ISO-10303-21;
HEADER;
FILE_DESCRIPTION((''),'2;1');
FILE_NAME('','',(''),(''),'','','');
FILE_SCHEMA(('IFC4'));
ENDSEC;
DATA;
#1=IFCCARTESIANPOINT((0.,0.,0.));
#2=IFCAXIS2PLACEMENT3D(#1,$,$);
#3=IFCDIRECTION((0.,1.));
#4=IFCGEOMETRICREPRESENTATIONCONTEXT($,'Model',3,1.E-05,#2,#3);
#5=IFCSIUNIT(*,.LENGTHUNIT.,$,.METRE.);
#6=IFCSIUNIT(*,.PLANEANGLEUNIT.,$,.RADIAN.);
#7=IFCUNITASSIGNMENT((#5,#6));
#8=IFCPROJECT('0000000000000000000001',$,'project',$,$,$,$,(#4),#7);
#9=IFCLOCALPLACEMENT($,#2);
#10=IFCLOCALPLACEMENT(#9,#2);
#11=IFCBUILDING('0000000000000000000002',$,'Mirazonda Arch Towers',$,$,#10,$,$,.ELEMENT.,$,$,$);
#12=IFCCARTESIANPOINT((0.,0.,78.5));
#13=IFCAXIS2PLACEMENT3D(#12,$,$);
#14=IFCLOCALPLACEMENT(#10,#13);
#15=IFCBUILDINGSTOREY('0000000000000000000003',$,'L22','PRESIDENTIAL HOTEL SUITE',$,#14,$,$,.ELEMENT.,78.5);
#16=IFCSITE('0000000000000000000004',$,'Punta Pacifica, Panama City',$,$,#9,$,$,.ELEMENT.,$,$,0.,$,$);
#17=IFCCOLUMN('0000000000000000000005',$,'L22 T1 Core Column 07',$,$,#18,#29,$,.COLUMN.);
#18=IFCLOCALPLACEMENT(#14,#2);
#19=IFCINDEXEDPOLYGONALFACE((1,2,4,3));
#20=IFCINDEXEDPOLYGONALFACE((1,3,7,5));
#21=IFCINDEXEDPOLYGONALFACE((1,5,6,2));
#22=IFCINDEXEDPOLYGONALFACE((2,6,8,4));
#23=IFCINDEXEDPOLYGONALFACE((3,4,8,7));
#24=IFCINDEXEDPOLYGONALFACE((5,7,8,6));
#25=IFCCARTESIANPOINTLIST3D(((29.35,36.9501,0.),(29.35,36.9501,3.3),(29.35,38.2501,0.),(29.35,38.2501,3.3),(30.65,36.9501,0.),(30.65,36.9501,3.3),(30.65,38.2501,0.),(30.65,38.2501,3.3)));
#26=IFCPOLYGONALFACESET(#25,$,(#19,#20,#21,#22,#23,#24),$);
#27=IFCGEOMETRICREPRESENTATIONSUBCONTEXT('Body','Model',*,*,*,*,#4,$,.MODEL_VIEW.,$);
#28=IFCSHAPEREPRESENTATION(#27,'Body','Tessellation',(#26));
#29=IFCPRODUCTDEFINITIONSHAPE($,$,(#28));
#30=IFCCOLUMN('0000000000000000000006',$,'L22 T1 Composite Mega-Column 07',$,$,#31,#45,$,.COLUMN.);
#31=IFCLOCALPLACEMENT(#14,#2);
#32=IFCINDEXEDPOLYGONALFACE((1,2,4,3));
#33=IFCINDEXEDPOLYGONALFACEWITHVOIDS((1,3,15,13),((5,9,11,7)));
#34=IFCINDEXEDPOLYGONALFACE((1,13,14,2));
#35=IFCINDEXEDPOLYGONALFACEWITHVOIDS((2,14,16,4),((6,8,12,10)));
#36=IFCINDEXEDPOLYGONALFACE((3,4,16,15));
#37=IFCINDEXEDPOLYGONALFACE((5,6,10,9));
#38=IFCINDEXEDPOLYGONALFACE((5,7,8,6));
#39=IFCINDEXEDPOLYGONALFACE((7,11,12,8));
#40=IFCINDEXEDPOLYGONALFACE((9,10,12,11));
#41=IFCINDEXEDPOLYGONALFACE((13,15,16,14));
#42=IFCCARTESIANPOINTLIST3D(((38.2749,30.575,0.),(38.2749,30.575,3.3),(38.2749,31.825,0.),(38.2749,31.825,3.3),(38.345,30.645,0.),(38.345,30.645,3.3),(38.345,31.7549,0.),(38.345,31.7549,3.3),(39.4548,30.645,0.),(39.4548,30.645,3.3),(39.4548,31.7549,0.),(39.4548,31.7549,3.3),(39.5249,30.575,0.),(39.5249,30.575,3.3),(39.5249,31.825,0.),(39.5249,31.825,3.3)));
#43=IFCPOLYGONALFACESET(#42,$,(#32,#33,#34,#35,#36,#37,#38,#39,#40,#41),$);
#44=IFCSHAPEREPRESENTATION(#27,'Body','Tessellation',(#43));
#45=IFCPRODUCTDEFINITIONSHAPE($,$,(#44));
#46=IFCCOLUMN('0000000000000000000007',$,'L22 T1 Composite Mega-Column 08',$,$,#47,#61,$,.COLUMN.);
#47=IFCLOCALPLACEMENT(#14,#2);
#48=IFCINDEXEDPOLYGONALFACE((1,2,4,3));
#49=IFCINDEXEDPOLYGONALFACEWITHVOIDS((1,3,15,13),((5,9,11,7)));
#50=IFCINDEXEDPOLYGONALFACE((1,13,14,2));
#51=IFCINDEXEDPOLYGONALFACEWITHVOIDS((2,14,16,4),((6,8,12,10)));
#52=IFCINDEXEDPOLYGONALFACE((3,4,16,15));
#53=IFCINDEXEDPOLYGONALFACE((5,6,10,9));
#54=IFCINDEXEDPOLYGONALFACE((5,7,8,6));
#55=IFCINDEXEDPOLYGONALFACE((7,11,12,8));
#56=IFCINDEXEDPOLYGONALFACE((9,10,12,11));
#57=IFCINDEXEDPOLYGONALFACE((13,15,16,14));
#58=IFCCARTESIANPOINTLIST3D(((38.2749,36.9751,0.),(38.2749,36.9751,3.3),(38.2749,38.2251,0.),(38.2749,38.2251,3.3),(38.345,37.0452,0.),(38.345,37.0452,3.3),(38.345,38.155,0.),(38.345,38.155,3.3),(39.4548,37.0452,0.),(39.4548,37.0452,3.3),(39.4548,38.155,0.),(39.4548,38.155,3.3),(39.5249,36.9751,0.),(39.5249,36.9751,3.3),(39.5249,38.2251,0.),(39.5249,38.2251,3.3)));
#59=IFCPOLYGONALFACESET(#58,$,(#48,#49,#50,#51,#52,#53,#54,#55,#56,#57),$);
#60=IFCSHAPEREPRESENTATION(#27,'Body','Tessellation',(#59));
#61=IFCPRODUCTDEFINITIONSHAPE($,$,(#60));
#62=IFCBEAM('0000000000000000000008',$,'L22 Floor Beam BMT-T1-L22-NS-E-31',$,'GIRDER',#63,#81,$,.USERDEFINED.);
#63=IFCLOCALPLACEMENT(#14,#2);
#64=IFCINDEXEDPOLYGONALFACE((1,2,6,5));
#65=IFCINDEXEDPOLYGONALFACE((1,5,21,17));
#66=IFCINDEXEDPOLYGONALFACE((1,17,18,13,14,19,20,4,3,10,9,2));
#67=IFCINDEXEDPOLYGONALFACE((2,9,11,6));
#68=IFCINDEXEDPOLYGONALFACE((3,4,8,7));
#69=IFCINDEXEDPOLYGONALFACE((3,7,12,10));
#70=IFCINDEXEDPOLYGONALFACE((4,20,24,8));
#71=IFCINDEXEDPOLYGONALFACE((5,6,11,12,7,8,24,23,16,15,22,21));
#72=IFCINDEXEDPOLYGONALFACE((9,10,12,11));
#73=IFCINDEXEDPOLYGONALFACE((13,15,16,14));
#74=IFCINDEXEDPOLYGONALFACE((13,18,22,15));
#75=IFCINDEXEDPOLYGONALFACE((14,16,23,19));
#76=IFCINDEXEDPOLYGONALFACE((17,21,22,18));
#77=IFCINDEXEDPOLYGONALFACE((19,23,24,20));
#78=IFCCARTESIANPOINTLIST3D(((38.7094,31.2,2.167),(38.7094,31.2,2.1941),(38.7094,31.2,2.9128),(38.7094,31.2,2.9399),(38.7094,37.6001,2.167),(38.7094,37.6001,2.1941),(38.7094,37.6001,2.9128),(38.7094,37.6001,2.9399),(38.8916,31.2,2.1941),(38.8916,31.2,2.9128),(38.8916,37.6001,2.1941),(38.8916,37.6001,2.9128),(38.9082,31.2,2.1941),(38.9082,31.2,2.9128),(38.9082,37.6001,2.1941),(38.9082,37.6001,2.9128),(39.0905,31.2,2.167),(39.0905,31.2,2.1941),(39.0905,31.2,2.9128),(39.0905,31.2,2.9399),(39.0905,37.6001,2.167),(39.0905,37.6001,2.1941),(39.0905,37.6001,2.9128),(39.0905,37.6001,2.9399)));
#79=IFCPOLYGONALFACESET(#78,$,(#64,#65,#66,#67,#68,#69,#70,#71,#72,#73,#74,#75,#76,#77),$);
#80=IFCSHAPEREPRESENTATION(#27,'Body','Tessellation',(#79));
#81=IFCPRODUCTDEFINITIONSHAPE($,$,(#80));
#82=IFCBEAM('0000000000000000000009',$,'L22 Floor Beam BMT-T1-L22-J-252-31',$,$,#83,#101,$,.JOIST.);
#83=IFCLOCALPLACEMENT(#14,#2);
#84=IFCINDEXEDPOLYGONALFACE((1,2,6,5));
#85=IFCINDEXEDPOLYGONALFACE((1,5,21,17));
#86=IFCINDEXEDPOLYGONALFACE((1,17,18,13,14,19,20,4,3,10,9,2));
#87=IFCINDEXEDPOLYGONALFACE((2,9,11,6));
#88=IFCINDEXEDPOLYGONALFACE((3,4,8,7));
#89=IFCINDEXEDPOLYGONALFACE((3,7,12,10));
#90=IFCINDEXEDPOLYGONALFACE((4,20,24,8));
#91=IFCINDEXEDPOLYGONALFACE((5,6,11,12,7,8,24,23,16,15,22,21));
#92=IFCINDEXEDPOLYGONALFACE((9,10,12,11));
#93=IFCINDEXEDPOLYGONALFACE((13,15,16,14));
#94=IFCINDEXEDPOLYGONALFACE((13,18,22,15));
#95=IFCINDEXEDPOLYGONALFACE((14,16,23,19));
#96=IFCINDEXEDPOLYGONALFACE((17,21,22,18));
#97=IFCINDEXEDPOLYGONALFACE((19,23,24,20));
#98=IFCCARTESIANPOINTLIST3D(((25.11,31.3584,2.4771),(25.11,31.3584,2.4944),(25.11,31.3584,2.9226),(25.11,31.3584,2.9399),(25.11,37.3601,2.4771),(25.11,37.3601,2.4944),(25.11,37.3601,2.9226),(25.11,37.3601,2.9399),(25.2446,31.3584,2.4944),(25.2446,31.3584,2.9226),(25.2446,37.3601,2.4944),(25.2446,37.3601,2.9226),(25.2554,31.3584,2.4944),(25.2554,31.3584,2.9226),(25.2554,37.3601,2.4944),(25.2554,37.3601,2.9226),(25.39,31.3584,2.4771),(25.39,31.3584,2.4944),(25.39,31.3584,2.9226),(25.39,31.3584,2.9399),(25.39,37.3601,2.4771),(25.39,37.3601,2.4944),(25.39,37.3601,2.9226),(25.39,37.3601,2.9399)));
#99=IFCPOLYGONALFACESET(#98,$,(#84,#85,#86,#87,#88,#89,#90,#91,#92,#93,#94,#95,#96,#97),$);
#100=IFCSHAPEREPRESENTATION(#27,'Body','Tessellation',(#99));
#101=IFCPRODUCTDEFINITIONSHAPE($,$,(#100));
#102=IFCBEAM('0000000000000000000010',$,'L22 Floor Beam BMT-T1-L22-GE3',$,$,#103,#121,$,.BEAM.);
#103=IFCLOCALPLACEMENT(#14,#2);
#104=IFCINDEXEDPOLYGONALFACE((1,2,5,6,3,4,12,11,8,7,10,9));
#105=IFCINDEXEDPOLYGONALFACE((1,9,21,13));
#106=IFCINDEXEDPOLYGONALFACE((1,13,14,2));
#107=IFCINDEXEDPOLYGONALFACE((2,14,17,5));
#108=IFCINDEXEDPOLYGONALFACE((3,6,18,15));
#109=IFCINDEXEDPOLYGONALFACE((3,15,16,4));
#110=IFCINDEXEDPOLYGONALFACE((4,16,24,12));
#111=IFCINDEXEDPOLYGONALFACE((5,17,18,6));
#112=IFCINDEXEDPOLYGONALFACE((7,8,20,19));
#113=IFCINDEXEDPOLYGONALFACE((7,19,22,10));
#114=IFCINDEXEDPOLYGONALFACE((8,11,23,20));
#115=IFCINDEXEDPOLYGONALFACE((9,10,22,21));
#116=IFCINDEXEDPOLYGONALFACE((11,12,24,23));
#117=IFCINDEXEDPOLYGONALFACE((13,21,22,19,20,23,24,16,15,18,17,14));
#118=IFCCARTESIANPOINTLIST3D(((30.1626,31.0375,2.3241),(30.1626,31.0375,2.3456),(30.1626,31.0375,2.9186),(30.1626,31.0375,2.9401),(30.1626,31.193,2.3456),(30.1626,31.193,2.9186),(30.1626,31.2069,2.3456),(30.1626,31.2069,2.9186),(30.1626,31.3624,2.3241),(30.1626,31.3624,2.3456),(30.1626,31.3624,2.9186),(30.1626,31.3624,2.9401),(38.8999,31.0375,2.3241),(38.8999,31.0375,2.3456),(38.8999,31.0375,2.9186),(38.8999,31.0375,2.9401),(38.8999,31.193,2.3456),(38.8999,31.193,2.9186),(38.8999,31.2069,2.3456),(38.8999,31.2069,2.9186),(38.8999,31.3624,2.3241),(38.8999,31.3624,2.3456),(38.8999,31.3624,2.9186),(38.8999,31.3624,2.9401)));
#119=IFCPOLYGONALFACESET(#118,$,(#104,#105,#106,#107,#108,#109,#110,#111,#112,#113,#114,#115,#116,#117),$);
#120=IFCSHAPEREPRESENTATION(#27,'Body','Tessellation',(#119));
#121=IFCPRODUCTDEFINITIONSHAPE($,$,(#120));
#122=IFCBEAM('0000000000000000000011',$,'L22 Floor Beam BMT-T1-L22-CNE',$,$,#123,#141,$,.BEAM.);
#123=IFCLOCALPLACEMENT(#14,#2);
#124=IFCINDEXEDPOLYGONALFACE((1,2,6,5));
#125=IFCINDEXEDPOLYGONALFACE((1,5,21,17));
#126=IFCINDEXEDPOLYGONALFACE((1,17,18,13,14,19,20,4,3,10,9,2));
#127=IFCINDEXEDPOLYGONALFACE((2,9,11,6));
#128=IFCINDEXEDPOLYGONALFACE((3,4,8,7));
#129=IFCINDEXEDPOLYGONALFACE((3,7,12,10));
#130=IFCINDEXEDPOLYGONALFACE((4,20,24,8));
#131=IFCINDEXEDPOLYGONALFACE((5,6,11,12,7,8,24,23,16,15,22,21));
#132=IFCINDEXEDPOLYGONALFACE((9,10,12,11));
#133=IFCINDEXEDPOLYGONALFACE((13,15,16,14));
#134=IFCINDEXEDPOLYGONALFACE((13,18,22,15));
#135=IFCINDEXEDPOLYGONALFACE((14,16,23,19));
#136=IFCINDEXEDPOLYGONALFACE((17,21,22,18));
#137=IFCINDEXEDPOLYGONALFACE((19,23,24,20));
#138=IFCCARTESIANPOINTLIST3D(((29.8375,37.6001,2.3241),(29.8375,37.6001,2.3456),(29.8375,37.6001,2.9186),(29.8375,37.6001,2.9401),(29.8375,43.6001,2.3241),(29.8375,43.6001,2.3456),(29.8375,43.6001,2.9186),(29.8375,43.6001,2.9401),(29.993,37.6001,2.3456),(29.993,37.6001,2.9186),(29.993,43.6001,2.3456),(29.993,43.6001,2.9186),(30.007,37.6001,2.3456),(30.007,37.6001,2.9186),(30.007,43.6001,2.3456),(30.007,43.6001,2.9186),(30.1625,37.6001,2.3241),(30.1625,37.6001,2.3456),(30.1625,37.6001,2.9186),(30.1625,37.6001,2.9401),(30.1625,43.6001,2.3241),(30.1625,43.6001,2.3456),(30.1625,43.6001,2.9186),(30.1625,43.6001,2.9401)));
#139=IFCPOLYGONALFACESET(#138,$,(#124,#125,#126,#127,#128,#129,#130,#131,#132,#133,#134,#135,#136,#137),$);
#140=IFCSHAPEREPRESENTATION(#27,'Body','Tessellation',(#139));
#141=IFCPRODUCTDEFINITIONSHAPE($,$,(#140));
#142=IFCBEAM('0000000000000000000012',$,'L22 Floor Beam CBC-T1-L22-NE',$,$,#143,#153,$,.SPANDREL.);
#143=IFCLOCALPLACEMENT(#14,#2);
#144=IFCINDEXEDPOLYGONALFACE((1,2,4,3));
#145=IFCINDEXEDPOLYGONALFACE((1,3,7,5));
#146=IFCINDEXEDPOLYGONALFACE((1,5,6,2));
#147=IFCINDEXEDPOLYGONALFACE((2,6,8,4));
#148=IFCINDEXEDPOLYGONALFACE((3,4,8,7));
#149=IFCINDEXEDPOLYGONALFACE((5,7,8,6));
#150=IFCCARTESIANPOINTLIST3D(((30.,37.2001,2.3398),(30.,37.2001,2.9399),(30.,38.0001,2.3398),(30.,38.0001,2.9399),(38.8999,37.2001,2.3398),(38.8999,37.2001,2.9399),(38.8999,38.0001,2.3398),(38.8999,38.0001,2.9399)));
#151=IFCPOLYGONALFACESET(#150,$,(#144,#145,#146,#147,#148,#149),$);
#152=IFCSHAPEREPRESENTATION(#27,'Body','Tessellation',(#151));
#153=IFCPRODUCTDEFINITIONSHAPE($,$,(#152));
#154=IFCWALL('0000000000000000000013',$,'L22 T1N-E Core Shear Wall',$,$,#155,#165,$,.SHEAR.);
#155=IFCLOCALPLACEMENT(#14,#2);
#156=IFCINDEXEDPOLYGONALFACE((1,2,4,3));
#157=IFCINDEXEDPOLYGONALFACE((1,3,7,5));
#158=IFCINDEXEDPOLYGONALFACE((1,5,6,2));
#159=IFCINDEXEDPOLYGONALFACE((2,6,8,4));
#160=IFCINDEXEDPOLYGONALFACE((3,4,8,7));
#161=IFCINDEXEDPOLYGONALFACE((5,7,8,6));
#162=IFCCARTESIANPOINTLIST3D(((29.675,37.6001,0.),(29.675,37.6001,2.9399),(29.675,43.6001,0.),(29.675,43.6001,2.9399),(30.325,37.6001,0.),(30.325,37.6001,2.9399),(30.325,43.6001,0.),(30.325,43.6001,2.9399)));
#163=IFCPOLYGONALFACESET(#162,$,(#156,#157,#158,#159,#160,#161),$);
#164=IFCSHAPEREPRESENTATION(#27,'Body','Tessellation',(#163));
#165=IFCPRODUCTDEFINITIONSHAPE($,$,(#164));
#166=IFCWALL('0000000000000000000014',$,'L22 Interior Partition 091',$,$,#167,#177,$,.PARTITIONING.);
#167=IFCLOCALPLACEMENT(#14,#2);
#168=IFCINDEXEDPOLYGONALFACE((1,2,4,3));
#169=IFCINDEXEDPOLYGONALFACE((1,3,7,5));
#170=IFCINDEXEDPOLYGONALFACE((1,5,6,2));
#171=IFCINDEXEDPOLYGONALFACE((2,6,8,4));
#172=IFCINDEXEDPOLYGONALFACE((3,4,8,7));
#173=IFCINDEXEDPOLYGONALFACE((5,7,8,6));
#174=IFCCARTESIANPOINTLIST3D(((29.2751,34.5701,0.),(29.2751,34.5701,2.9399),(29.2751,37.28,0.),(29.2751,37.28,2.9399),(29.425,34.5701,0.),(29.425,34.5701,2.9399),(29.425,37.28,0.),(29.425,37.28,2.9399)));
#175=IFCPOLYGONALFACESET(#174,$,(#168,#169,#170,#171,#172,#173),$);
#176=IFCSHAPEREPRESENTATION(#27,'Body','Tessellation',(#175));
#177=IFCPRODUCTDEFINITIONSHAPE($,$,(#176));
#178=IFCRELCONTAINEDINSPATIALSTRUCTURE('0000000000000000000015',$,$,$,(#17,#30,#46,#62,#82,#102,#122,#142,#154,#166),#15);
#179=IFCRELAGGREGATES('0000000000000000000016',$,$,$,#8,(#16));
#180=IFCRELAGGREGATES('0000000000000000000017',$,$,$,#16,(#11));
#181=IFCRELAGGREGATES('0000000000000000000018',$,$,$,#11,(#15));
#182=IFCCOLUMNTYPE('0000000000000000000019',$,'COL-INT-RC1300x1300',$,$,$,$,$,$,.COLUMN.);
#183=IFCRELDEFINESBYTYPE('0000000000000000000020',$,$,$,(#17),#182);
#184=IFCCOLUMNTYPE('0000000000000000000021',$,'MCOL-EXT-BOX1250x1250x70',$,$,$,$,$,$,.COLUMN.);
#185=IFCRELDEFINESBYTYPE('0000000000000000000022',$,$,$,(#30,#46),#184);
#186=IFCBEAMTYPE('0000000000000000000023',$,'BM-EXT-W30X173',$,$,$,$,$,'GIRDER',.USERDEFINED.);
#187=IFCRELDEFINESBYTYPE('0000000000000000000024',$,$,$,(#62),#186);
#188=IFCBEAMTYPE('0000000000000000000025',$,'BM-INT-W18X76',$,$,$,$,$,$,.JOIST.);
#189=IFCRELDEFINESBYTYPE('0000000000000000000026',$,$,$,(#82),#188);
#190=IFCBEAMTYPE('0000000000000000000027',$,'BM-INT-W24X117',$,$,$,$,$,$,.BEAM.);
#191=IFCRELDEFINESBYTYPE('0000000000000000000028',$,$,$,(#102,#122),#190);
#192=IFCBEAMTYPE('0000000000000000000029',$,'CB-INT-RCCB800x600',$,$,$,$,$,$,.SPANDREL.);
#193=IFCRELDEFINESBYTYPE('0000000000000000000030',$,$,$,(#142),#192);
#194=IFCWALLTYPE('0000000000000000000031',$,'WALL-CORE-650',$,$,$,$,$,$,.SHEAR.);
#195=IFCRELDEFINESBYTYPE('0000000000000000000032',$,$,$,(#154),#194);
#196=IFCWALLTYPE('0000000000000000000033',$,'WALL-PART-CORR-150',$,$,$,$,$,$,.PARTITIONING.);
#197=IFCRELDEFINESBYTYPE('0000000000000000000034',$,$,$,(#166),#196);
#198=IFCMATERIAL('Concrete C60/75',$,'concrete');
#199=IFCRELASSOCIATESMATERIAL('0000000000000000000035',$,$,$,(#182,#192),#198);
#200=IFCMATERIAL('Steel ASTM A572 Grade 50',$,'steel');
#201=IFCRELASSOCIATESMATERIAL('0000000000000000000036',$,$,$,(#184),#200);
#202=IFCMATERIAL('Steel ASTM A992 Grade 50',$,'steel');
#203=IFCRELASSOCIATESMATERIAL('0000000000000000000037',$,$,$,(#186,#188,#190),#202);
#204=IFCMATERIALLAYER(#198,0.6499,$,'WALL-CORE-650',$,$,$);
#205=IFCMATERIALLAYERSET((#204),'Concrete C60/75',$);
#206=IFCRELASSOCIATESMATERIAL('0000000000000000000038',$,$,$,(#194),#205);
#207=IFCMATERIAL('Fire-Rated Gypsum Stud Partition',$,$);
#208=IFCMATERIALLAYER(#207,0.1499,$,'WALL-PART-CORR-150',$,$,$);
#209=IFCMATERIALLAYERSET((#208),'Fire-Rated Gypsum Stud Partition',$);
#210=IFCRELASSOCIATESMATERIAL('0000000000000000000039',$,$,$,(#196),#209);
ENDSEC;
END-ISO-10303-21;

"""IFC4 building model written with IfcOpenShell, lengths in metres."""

from ifc_helpers import new_model, si_unit, direction, frame, frame_2d, origin, origin_2d, place, context, subcontext, project, spatial, rectangle, hollow_rectangle, i_section, extrude, material, layer, layer_set, material_profile, profile_set, type_object, element, save


model = new_model("IFC4")

# Units and contexts
model_context = context("Model", 3, precision=1e-05, world=origin(), true_north=direction((0.0, 1.0)))
body_context = subcontext(model_context, "Body", "Model", "MODEL_VIEW")
ifc_project = project(units=[si_unit("LENGTHUNIT", "METRE"), si_unit("PLANEANGLEUNIT", "RADIAN")], contexts=[model_context])

# Site, building, storey
site_placement = place(None, origin())
site = spatial("IfcSite", under=ifc_project, at=site_placement, Name="Punta Pacifica, Panama City", CompositionType="ELEMENT", RefElevation=0.0)
building_placement = place(site_placement, origin())
building = spatial("IfcBuilding", under=site, at=building_placement, Name="Mirazonda Arch Towers", CompositionType="ELEMENT")
storey_placement = place(building_placement, frame((0.0, 0.0, 78.5)))
storey = spatial("IfcBuildingStorey", under=building, at=storey_placement, Name="L22", Description="PRESIDENTIAL HOTEL SUITE", CompositionType="ELEMENT", Elevation=78.5)

# Columns
ifc_material_1 = material(Name="Concrete C60/75", Category="concrete")
ifc_material_profile_1 = material_profile(ifc_material_1, rectangle(XDim=1.3, YDim=1.3, at=origin_2d()), Name="RC1300x1300")
ifc_profile_set_1 = profile_set([ifc_material_profile_1], Name="Concrete C60/75")
column_type_1 = type_object("IfcColumnType", Name="COL-INT-RC1300x1300", PredefinedType="COLUMN", material=ifc_profile_set_1)
column_placement = place(storey_placement, frame((30.0, 37.6001, 0.0), z_axis=(0.0, 0.0, 1.0), x_axis=(1.0, 0.0, 0.0)))
element("IfcColumn", 1, at=column_placement, inside=storey, type_object=column_type_1, Name="L22 T1 Core Column 07", PredefinedType="COLUMN", context=body_context, shape_type="SweptSolid", body=[
    extrude(rectangle(XDim=1.3, YDim=1.3, at=origin_2d()), origin(), (0.0, 0.0, 1.0), 3.3),
])
ifc_material_2 = material(Name="Steel ASTM A572 Grade 50", Category="steel")
ifc_material_profile_2 = material_profile(ifc_material_2, hollow_rectangle(XDim=1.25, YDim=1.25, WallThickness=0.0701, at=origin_2d()), Name="BOX1250x1250x70")
ifc_profile_set_2 = profile_set([ifc_material_profile_2], Name="Steel ASTM A572 Grade 50")
column_type_2 = type_object("IfcColumnType", Name="MCOL-EXT-BOX1250x1250x70", PredefinedType="COLUMN", material=ifc_profile_set_2)
for number, where, z_axis, x_axis, name in (
    (2, (38.8999, 31.2, 0.0), (0.0, 0.0, 1.0), (1.0, 0.0, 0.0), "L22 T1 Composite Mega-Column 07"),
    (3, (38.8999, 37.6001, 0.0), (0.0, 0.0, 1.0), (1.0, 0.0, 0.0), "L22 T1 Composite Mega-Column 08"),
):
    element("IfcColumn", number, at=place(storey_placement, frame(where, z_axis=z_axis, x_axis=x_axis)), inside=storey, type_object=column_type_2, Name=name, PredefinedType="COLUMN", context=body_context, shape_type="SweptSolid", body=[
        extrude(hollow_rectangle(XDim=1.25, YDim=1.25, WallThickness=0.0701, at=origin_2d()), origin(), (0.0, 0.0, 1.0), 3.3),
    ])

# Beams
ifc_material_3 = material(Name="Steel ASTM A992 Grade 50", Category="steel")
ifc_material_profile_3 = material_profile(ifc_material_3, i_section(OverallWidth=0.3811, OverallDepth=0.7729, WebThickness=0.0166, FlangeThickness=0.0271, at=origin_2d()), Name="W30X173")
ifc_profile_set_3 = profile_set([ifc_material_profile_3], Name="Steel ASTM A992 Grade 50")
beam_type_1 = type_object("IfcBeamType", Name="BM-EXT-W30X173", ElementType="GIRDER", PredefinedType="USERDEFINED", material=ifc_profile_set_3)
beam_1_placement = place(storey_placement, frame((38.8999, 31.2, 2.5535), z_axis=(0.0, 1.0, 0.0), x_axis=(-1.0, 0.0, 0.0)))
element("IfcBeam", 4, at=beam_1_placement, inside=storey, type_object=beam_type_1, Name="L22 Floor Beam BMT-T1-L22-NS-E-31", ObjectType="GIRDER", PredefinedType="USERDEFINED", context=body_context, shape_type="SweptSolid", body=[
    extrude(i_section(OverallWidth=0.3811, OverallDepth=0.7729, WebThickness=0.0166, FlangeThickness=0.0271, at=origin_2d()), origin(), (0.0, 0.0, 1.0), 6.4001),
])
ifc_material_profile_4 = material_profile(ifc_material_3, i_section(OverallWidth=0.28, OverallDepth=0.4629, WebThickness=0.0107, FlangeThickness=0.0173, at=origin_2d()), Name="W18X76")
ifc_profile_set_4 = profile_set([ifc_material_profile_4], Name="Steel ASTM A992 Grade 50")
beam_type_2 = type_object("IfcBeamType", Name="BM-INT-W18X76", PredefinedType="JOIST", material=ifc_profile_set_4)
beam_2_placement = place(storey_placement, frame((25.25, 31.3584, 2.7085), z_axis=(0.0, 1.0, 0.0), x_axis=(-1.0, 0.0, 0.0)))
element("IfcBeam", 5, at=beam_2_placement, inside=storey, type_object=beam_type_2, Name="L22 Floor Beam BMT-T1-L22-J-252-31", PredefinedType="JOIST", context=body_context, shape_type="SweptSolid", body=[
    extrude(i_section(OverallWidth=0.28, OverallDepth=0.4629, WebThickness=0.0107, FlangeThickness=0.0173, at=origin_2d()), origin(), (0.0, 0.0, 1.0), 6.0017),
])
ifc_material_profile_5 = material_profile(ifc_material_3, i_section(OverallWidth=0.325, OverallDepth=0.616, WebThickness=0.0139, FlangeThickness=0.0215, at=origin_2d()), Name="W24X117")
ifc_profile_set_5 = profile_set([ifc_material_profile_5], Name="Steel ASTM A992 Grade 50")
beam_type_3 = type_object("IfcBeamType", Name="BM-INT-W24X117", PredefinedType="BEAM", material=ifc_profile_set_5)
beam_3_placement = place(storey_placement, frame((30.1626, 31.2, 2.6321), z_axis=(1.0, 0.0, 0.0), x_axis=(0.0, 1.0, 0.0)))
element("IfcBeam", 6, at=beam_3_placement, inside=storey, type_object=beam_type_3, Name="L22 Floor Beam BMT-T1-L22-GE3", PredefinedType="BEAM", context=body_context, shape_type="SweptSolid", body=[
    extrude(i_section(OverallWidth=0.325, OverallDepth=0.616, WebThickness=0.0139, FlangeThickness=0.0215, at=origin_2d()), origin(), (0.0, 0.0, 1.0), 8.7373),
])
beam_4_placement = place(storey_placement, frame((30.0, 37.6001, 2.6321), z_axis=(0.0, 1.0, 0.0), x_axis=(-1.0, 0.0, 0.0)))
element("IfcBeam", 7, at=beam_4_placement, inside=storey, type_object=beam_type_3, Name="L22 Floor Beam BMT-T1-L22-CNE", PredefinedType="BEAM", context=body_context, shape_type="SweptSolid", body=[
    extrude(i_section(OverallWidth=0.325, OverallDepth=0.616, WebThickness=0.0139, FlangeThickness=0.0215, at=origin_2d()), origin(), (0.0, 0.0, 1.0), 6.0),
])
ifc_material_profile_6 = material_profile(ifc_material_1, rectangle(XDim=0.8, YDim=0.6001, at=origin_2d()), Name="RCCB800x600")
ifc_profile_set_6 = profile_set([ifc_material_profile_6], Name="Concrete C60/75")
beam_type_4 = type_object("IfcBeamType", Name="CB-INT-RCCB800x600", PredefinedType="SPANDREL", material=ifc_profile_set_6)
beam_5_placement = place(storey_placement, frame((30.0, 37.6001, 2.6399), z_axis=(1.0, 0.0, 0.0), x_axis=(0.0, 1.0, 0.0)))
element("IfcBeam", 8, at=beam_5_placement, inside=storey, type_object=beam_type_4, Name="L22 Floor Beam CBC-T1-L22-NE", PredefinedType="SPANDREL", context=body_context, shape_type="SweptSolid", body=[
    extrude(rectangle(XDim=0.8, YDim=0.6001, at=origin_2d()), origin(), (0.0, 0.0, 1.0), 8.8999),
])

# Walls
ifc_layer_1 = layer(ifc_material_1, 0.6499, Name="WALL-CORE-650")
ifc_layer_set_1 = layer_set([ifc_layer_1], Name="Concrete C60/75")
wall_type_1 = type_object("IfcWallType", Name="WALL-CORE-650", PredefinedType="SHEAR", material=ifc_layer_set_1)
wall_1_placement = place(storey_placement, frame((30.0, 37.6001, 0.0), z_axis=(0.0, 0.0, 1.0), x_axis=(0.0, 1.0, 0.0)))
element("IfcWall", 9, at=wall_1_placement, inside=storey, type_object=wall_type_1, Name="L22 T1N-E Core Shear Wall", PredefinedType="SHEAR", context=body_context, shape_type="SweptSolid", body=[
    extrude(rectangle(XDim=6.0, YDim=0.6499, at=frame_2d((3.0, 0.0))), origin(), (0.0, 0.0, 1.0), 2.9399),
])
ifc_material_4 = material(Name="Fire-Rated Gypsum Stud Partition")
ifc_layer_2 = layer(ifc_material_4, 0.1499, Name="WALL-PART-CORR-150")
ifc_layer_set_2 = layer_set([ifc_layer_2], Name="Fire-Rated Gypsum Stud Partition")
wall_type_2 = type_object("IfcWallType", Name="WALL-PART-CORR-150", PredefinedType="PARTITIONING", material=ifc_layer_set_2)
wall_2_placement = place(storey_placement, frame((29.3501, 34.5701, 0.0), z_axis=(0.0, 0.0, 1.0), x_axis=(0.0, 1.0, 0.0)))
element("IfcWall", 10, at=wall_2_placement, inside=storey, type_object=wall_type_2, Name="L22 Interior Partition 091", PredefinedType="PARTITIONING", context=body_context, shape_type="SweptSolid", body=[
    extrude(rectangle(XDim=2.71, YDim=0.1499, at=frame_2d((1.355, 0.0))), origin(), (0.0, 0.0, 1.0), 2.9399),
])

save(model, "model.ifc")
